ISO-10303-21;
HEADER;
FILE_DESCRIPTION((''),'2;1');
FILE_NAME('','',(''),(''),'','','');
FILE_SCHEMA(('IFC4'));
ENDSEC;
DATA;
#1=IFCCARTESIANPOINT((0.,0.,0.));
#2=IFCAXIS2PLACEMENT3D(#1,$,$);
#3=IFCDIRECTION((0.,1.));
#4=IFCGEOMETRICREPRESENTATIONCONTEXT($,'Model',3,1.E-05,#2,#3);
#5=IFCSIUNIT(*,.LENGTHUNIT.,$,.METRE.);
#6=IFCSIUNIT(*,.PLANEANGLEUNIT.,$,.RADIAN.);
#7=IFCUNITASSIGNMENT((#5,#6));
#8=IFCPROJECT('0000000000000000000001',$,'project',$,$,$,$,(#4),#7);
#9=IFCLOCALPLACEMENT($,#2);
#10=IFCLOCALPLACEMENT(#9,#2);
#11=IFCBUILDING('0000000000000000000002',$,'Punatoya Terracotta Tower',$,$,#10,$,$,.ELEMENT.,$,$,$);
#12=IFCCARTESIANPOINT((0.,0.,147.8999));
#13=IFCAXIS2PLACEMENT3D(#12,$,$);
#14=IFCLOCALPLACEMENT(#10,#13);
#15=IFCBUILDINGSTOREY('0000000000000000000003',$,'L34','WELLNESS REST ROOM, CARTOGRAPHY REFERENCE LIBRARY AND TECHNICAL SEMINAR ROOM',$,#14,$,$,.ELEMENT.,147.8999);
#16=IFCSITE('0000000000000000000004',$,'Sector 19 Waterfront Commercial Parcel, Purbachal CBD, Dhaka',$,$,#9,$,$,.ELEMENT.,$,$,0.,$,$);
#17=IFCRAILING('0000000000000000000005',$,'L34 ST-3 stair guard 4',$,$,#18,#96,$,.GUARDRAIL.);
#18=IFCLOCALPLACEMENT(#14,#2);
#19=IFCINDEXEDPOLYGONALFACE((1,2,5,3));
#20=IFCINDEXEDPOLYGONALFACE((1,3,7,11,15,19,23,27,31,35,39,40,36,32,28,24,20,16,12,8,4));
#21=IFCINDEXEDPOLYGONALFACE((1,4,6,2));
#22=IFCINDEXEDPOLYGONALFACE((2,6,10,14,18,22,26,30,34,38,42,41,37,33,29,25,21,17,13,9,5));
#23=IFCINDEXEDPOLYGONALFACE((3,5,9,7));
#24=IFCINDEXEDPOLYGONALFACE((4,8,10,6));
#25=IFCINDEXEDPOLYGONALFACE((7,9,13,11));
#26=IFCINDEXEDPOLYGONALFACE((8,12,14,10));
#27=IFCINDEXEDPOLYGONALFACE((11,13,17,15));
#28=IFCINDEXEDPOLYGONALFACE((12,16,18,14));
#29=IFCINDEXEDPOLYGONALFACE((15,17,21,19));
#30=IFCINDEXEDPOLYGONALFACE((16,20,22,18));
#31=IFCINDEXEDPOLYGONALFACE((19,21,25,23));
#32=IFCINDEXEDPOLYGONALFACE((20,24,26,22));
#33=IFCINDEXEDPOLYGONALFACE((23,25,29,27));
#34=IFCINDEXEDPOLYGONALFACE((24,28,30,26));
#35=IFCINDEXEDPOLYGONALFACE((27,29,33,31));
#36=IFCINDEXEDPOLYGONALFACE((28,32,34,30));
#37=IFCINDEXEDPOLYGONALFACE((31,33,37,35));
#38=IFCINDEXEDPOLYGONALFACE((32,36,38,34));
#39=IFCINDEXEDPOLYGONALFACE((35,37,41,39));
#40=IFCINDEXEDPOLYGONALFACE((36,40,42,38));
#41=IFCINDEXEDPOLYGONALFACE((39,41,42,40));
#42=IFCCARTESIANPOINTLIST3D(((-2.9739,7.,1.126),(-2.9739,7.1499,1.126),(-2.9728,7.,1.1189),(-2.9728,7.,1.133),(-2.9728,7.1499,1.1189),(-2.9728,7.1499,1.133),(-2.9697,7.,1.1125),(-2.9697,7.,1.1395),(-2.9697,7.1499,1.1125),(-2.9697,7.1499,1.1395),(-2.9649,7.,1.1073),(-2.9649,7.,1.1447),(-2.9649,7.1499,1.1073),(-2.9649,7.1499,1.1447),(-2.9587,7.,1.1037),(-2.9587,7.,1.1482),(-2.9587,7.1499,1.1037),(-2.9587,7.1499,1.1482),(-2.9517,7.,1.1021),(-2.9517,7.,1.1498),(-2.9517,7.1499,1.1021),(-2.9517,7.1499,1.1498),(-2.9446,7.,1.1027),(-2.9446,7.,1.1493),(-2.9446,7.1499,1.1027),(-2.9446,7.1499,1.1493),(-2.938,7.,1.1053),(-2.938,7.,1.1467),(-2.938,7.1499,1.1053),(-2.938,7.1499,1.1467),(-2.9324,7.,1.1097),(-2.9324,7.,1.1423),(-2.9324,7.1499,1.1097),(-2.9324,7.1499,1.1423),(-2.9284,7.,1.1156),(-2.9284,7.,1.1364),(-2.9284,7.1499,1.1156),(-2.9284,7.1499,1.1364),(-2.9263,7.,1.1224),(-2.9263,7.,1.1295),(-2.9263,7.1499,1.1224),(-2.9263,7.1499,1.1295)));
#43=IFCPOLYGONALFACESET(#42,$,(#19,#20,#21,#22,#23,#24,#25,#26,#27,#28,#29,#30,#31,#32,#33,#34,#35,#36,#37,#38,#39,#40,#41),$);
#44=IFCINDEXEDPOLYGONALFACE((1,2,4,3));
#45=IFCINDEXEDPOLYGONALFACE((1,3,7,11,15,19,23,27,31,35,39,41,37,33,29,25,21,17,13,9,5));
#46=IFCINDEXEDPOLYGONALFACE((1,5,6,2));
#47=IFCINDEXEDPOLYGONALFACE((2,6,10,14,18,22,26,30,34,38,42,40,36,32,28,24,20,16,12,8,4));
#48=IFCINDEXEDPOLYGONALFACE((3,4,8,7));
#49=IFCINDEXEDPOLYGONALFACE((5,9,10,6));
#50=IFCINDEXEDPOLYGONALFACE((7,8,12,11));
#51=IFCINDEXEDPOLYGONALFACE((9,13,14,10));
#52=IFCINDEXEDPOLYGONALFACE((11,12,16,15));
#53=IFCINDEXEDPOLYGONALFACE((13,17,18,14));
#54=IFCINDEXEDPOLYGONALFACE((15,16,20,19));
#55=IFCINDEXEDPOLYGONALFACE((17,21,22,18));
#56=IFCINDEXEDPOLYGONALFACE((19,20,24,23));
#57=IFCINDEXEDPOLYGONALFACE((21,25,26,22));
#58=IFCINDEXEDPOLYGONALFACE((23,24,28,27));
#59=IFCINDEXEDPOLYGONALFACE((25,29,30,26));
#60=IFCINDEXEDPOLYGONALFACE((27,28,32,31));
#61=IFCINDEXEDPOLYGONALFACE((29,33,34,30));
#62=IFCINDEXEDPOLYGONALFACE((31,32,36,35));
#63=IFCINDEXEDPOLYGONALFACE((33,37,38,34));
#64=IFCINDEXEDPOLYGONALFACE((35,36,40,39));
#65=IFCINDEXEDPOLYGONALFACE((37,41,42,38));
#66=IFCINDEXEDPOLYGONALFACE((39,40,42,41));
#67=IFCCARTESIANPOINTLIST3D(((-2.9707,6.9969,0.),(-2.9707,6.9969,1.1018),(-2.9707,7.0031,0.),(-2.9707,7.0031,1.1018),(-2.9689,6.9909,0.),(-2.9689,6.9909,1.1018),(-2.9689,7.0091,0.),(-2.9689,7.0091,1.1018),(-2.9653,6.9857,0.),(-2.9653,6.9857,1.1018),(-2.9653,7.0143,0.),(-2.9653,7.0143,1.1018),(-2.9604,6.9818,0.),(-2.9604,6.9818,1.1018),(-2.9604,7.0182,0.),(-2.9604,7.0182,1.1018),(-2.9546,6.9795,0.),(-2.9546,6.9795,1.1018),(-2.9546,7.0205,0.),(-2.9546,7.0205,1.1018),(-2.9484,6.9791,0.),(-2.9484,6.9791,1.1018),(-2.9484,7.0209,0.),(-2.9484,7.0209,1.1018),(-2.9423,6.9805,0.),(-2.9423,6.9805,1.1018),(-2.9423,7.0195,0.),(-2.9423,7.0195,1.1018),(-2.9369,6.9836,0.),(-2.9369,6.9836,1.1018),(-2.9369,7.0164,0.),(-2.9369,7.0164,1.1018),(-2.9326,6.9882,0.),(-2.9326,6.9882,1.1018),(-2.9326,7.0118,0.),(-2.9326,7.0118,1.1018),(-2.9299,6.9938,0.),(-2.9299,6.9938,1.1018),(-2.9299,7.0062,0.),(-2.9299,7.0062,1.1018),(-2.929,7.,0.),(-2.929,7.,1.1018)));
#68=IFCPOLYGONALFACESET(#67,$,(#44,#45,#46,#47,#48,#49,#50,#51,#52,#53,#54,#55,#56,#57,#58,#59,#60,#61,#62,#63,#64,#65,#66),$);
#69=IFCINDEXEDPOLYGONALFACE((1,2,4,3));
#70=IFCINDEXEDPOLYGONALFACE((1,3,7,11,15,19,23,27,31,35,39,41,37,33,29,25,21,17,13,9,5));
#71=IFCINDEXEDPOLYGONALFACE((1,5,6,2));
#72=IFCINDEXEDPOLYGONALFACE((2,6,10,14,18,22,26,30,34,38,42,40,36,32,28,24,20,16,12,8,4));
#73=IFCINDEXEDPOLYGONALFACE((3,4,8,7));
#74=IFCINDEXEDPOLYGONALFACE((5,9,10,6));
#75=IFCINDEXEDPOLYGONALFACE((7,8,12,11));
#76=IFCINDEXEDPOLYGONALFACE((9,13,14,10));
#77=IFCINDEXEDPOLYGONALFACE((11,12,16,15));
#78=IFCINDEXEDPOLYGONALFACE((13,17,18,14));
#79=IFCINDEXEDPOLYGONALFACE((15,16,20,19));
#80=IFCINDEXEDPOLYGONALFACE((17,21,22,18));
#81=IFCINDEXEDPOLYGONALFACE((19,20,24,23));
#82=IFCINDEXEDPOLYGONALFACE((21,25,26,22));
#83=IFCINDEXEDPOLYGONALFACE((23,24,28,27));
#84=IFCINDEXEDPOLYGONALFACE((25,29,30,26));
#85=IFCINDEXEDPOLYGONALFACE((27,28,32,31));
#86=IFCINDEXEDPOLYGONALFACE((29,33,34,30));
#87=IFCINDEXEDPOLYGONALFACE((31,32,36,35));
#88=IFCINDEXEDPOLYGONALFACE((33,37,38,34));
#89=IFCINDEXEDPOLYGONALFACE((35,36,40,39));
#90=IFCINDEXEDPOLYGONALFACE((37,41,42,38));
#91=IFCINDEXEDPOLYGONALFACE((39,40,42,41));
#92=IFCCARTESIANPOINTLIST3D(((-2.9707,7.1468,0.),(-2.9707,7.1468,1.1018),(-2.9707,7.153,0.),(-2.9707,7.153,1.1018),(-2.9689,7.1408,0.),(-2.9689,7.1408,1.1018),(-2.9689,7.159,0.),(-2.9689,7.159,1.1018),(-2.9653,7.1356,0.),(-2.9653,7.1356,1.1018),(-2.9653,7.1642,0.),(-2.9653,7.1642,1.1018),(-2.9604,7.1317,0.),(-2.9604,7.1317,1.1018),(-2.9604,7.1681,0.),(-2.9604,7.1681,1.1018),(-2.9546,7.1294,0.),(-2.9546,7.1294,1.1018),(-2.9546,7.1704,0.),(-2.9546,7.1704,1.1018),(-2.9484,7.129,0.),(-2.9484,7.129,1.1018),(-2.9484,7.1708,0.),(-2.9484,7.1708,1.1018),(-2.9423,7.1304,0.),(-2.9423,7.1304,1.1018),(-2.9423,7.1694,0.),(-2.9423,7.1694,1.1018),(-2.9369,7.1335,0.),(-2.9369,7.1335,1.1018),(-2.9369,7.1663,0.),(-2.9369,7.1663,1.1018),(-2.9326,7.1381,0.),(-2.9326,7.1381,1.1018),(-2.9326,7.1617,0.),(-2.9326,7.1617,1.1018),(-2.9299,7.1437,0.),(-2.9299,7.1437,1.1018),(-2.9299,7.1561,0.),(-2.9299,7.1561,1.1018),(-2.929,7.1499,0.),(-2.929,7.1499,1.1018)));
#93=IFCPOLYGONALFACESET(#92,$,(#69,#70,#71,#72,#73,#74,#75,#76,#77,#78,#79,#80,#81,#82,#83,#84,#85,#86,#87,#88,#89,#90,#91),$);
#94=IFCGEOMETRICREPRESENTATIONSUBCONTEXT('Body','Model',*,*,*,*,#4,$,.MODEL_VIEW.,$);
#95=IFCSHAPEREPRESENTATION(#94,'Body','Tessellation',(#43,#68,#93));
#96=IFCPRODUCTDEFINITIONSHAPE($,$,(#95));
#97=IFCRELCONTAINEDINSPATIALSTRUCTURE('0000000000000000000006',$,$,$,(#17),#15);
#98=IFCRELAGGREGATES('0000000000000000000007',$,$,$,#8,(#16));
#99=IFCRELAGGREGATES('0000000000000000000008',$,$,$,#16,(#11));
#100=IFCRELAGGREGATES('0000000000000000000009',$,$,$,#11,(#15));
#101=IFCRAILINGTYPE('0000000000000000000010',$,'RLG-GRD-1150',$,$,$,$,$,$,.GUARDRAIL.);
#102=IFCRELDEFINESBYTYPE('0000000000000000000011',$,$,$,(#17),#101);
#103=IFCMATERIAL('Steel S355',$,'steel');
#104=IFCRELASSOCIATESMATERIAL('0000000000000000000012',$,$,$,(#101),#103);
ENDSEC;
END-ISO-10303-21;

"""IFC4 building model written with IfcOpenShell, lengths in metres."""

from ifc_helpers import new_model, si_unit, direction, frame, origin, origin_2d, place, context, subcontext, project, spatial, circle, extrude, material, type_object, element, save


model = new_model("IFC4")

# Units and contexts
model_context = context("Model", 3, precision=1e-05, world=origin(), true_north=direction((0.0, 1.0)))
body_context = subcontext(model_context, "Body", "Model", "MODEL_VIEW")
ifc_project = project(units=[si_unit("LENGTHUNIT", "METRE"), si_unit("PLANEANGLEUNIT", "RADIAN")], contexts=[model_context])

# Site, building, storey
site_placement = place(None, origin())
site = spatial("IfcSite", under=ifc_project, at=site_placement, Name="Sector 19 Waterfront Commercial Parcel, Purbachal CBD, Dhaka", CompositionType="ELEMENT", RefElevation=0.0)
building_placement = place(site_placement, origin())
building = spatial("IfcBuilding", under=site, at=building_placement, Name="Punatoya Terracotta Tower", CompositionType="ELEMENT")
storey_placement = place(building_placement, frame((0.0, 0.0, 147.8999)))
storey = spatial("IfcBuildingStorey", under=building, at=storey_placement, Name="L34", Description="WELLNESS REST ROOM, CARTOGRAPHY REFERENCE LIBRARY AND TECHNICAL SEMINAR ROOM", CompositionType="ELEMENT", Elevation=147.8999)

# Shared definitions
ifc_material_1 = material(Name="Steel S355", Category="steel")

# Railing
railing_type_1 = type_object("IfcRailingType", Name="RLG-GRD-1150", PredefinedType="GUARDRAIL", material=ifc_material_1)
railing_1_placement = place(storey_placement, frame((-2.95, 7.0, 0.0)))
element("IfcRailing", 1, at=railing_1_placement, inside=storey, type_object=railing_type_1, Name="L34 ST-3 stair guard 4", PredefinedType="GUARDRAIL", context=body_context, shape_type="SweptSolid", body=[
    extrude(circle(Radius=0.0239, at=origin_2d()), frame((0.0, 0.0, 1.126), z_axis=(0.0, 1.0, 0.0), x_axis=(-1.0, 0.0, 0.0)), (0.0, 0.0, 1.0), 0.1499),
    extrude(circle(Radius=0.021, at=origin_2d()), origin(), (0.0, 0.0, 1.0), 1.1018),
    extrude(circle(Radius=0.021, at=origin_2d()), frame((0.0, 0.1499, 0.0)), (0.0, 0.0, 1.0), 1.1018),
])

save(model, "model.ifc")
